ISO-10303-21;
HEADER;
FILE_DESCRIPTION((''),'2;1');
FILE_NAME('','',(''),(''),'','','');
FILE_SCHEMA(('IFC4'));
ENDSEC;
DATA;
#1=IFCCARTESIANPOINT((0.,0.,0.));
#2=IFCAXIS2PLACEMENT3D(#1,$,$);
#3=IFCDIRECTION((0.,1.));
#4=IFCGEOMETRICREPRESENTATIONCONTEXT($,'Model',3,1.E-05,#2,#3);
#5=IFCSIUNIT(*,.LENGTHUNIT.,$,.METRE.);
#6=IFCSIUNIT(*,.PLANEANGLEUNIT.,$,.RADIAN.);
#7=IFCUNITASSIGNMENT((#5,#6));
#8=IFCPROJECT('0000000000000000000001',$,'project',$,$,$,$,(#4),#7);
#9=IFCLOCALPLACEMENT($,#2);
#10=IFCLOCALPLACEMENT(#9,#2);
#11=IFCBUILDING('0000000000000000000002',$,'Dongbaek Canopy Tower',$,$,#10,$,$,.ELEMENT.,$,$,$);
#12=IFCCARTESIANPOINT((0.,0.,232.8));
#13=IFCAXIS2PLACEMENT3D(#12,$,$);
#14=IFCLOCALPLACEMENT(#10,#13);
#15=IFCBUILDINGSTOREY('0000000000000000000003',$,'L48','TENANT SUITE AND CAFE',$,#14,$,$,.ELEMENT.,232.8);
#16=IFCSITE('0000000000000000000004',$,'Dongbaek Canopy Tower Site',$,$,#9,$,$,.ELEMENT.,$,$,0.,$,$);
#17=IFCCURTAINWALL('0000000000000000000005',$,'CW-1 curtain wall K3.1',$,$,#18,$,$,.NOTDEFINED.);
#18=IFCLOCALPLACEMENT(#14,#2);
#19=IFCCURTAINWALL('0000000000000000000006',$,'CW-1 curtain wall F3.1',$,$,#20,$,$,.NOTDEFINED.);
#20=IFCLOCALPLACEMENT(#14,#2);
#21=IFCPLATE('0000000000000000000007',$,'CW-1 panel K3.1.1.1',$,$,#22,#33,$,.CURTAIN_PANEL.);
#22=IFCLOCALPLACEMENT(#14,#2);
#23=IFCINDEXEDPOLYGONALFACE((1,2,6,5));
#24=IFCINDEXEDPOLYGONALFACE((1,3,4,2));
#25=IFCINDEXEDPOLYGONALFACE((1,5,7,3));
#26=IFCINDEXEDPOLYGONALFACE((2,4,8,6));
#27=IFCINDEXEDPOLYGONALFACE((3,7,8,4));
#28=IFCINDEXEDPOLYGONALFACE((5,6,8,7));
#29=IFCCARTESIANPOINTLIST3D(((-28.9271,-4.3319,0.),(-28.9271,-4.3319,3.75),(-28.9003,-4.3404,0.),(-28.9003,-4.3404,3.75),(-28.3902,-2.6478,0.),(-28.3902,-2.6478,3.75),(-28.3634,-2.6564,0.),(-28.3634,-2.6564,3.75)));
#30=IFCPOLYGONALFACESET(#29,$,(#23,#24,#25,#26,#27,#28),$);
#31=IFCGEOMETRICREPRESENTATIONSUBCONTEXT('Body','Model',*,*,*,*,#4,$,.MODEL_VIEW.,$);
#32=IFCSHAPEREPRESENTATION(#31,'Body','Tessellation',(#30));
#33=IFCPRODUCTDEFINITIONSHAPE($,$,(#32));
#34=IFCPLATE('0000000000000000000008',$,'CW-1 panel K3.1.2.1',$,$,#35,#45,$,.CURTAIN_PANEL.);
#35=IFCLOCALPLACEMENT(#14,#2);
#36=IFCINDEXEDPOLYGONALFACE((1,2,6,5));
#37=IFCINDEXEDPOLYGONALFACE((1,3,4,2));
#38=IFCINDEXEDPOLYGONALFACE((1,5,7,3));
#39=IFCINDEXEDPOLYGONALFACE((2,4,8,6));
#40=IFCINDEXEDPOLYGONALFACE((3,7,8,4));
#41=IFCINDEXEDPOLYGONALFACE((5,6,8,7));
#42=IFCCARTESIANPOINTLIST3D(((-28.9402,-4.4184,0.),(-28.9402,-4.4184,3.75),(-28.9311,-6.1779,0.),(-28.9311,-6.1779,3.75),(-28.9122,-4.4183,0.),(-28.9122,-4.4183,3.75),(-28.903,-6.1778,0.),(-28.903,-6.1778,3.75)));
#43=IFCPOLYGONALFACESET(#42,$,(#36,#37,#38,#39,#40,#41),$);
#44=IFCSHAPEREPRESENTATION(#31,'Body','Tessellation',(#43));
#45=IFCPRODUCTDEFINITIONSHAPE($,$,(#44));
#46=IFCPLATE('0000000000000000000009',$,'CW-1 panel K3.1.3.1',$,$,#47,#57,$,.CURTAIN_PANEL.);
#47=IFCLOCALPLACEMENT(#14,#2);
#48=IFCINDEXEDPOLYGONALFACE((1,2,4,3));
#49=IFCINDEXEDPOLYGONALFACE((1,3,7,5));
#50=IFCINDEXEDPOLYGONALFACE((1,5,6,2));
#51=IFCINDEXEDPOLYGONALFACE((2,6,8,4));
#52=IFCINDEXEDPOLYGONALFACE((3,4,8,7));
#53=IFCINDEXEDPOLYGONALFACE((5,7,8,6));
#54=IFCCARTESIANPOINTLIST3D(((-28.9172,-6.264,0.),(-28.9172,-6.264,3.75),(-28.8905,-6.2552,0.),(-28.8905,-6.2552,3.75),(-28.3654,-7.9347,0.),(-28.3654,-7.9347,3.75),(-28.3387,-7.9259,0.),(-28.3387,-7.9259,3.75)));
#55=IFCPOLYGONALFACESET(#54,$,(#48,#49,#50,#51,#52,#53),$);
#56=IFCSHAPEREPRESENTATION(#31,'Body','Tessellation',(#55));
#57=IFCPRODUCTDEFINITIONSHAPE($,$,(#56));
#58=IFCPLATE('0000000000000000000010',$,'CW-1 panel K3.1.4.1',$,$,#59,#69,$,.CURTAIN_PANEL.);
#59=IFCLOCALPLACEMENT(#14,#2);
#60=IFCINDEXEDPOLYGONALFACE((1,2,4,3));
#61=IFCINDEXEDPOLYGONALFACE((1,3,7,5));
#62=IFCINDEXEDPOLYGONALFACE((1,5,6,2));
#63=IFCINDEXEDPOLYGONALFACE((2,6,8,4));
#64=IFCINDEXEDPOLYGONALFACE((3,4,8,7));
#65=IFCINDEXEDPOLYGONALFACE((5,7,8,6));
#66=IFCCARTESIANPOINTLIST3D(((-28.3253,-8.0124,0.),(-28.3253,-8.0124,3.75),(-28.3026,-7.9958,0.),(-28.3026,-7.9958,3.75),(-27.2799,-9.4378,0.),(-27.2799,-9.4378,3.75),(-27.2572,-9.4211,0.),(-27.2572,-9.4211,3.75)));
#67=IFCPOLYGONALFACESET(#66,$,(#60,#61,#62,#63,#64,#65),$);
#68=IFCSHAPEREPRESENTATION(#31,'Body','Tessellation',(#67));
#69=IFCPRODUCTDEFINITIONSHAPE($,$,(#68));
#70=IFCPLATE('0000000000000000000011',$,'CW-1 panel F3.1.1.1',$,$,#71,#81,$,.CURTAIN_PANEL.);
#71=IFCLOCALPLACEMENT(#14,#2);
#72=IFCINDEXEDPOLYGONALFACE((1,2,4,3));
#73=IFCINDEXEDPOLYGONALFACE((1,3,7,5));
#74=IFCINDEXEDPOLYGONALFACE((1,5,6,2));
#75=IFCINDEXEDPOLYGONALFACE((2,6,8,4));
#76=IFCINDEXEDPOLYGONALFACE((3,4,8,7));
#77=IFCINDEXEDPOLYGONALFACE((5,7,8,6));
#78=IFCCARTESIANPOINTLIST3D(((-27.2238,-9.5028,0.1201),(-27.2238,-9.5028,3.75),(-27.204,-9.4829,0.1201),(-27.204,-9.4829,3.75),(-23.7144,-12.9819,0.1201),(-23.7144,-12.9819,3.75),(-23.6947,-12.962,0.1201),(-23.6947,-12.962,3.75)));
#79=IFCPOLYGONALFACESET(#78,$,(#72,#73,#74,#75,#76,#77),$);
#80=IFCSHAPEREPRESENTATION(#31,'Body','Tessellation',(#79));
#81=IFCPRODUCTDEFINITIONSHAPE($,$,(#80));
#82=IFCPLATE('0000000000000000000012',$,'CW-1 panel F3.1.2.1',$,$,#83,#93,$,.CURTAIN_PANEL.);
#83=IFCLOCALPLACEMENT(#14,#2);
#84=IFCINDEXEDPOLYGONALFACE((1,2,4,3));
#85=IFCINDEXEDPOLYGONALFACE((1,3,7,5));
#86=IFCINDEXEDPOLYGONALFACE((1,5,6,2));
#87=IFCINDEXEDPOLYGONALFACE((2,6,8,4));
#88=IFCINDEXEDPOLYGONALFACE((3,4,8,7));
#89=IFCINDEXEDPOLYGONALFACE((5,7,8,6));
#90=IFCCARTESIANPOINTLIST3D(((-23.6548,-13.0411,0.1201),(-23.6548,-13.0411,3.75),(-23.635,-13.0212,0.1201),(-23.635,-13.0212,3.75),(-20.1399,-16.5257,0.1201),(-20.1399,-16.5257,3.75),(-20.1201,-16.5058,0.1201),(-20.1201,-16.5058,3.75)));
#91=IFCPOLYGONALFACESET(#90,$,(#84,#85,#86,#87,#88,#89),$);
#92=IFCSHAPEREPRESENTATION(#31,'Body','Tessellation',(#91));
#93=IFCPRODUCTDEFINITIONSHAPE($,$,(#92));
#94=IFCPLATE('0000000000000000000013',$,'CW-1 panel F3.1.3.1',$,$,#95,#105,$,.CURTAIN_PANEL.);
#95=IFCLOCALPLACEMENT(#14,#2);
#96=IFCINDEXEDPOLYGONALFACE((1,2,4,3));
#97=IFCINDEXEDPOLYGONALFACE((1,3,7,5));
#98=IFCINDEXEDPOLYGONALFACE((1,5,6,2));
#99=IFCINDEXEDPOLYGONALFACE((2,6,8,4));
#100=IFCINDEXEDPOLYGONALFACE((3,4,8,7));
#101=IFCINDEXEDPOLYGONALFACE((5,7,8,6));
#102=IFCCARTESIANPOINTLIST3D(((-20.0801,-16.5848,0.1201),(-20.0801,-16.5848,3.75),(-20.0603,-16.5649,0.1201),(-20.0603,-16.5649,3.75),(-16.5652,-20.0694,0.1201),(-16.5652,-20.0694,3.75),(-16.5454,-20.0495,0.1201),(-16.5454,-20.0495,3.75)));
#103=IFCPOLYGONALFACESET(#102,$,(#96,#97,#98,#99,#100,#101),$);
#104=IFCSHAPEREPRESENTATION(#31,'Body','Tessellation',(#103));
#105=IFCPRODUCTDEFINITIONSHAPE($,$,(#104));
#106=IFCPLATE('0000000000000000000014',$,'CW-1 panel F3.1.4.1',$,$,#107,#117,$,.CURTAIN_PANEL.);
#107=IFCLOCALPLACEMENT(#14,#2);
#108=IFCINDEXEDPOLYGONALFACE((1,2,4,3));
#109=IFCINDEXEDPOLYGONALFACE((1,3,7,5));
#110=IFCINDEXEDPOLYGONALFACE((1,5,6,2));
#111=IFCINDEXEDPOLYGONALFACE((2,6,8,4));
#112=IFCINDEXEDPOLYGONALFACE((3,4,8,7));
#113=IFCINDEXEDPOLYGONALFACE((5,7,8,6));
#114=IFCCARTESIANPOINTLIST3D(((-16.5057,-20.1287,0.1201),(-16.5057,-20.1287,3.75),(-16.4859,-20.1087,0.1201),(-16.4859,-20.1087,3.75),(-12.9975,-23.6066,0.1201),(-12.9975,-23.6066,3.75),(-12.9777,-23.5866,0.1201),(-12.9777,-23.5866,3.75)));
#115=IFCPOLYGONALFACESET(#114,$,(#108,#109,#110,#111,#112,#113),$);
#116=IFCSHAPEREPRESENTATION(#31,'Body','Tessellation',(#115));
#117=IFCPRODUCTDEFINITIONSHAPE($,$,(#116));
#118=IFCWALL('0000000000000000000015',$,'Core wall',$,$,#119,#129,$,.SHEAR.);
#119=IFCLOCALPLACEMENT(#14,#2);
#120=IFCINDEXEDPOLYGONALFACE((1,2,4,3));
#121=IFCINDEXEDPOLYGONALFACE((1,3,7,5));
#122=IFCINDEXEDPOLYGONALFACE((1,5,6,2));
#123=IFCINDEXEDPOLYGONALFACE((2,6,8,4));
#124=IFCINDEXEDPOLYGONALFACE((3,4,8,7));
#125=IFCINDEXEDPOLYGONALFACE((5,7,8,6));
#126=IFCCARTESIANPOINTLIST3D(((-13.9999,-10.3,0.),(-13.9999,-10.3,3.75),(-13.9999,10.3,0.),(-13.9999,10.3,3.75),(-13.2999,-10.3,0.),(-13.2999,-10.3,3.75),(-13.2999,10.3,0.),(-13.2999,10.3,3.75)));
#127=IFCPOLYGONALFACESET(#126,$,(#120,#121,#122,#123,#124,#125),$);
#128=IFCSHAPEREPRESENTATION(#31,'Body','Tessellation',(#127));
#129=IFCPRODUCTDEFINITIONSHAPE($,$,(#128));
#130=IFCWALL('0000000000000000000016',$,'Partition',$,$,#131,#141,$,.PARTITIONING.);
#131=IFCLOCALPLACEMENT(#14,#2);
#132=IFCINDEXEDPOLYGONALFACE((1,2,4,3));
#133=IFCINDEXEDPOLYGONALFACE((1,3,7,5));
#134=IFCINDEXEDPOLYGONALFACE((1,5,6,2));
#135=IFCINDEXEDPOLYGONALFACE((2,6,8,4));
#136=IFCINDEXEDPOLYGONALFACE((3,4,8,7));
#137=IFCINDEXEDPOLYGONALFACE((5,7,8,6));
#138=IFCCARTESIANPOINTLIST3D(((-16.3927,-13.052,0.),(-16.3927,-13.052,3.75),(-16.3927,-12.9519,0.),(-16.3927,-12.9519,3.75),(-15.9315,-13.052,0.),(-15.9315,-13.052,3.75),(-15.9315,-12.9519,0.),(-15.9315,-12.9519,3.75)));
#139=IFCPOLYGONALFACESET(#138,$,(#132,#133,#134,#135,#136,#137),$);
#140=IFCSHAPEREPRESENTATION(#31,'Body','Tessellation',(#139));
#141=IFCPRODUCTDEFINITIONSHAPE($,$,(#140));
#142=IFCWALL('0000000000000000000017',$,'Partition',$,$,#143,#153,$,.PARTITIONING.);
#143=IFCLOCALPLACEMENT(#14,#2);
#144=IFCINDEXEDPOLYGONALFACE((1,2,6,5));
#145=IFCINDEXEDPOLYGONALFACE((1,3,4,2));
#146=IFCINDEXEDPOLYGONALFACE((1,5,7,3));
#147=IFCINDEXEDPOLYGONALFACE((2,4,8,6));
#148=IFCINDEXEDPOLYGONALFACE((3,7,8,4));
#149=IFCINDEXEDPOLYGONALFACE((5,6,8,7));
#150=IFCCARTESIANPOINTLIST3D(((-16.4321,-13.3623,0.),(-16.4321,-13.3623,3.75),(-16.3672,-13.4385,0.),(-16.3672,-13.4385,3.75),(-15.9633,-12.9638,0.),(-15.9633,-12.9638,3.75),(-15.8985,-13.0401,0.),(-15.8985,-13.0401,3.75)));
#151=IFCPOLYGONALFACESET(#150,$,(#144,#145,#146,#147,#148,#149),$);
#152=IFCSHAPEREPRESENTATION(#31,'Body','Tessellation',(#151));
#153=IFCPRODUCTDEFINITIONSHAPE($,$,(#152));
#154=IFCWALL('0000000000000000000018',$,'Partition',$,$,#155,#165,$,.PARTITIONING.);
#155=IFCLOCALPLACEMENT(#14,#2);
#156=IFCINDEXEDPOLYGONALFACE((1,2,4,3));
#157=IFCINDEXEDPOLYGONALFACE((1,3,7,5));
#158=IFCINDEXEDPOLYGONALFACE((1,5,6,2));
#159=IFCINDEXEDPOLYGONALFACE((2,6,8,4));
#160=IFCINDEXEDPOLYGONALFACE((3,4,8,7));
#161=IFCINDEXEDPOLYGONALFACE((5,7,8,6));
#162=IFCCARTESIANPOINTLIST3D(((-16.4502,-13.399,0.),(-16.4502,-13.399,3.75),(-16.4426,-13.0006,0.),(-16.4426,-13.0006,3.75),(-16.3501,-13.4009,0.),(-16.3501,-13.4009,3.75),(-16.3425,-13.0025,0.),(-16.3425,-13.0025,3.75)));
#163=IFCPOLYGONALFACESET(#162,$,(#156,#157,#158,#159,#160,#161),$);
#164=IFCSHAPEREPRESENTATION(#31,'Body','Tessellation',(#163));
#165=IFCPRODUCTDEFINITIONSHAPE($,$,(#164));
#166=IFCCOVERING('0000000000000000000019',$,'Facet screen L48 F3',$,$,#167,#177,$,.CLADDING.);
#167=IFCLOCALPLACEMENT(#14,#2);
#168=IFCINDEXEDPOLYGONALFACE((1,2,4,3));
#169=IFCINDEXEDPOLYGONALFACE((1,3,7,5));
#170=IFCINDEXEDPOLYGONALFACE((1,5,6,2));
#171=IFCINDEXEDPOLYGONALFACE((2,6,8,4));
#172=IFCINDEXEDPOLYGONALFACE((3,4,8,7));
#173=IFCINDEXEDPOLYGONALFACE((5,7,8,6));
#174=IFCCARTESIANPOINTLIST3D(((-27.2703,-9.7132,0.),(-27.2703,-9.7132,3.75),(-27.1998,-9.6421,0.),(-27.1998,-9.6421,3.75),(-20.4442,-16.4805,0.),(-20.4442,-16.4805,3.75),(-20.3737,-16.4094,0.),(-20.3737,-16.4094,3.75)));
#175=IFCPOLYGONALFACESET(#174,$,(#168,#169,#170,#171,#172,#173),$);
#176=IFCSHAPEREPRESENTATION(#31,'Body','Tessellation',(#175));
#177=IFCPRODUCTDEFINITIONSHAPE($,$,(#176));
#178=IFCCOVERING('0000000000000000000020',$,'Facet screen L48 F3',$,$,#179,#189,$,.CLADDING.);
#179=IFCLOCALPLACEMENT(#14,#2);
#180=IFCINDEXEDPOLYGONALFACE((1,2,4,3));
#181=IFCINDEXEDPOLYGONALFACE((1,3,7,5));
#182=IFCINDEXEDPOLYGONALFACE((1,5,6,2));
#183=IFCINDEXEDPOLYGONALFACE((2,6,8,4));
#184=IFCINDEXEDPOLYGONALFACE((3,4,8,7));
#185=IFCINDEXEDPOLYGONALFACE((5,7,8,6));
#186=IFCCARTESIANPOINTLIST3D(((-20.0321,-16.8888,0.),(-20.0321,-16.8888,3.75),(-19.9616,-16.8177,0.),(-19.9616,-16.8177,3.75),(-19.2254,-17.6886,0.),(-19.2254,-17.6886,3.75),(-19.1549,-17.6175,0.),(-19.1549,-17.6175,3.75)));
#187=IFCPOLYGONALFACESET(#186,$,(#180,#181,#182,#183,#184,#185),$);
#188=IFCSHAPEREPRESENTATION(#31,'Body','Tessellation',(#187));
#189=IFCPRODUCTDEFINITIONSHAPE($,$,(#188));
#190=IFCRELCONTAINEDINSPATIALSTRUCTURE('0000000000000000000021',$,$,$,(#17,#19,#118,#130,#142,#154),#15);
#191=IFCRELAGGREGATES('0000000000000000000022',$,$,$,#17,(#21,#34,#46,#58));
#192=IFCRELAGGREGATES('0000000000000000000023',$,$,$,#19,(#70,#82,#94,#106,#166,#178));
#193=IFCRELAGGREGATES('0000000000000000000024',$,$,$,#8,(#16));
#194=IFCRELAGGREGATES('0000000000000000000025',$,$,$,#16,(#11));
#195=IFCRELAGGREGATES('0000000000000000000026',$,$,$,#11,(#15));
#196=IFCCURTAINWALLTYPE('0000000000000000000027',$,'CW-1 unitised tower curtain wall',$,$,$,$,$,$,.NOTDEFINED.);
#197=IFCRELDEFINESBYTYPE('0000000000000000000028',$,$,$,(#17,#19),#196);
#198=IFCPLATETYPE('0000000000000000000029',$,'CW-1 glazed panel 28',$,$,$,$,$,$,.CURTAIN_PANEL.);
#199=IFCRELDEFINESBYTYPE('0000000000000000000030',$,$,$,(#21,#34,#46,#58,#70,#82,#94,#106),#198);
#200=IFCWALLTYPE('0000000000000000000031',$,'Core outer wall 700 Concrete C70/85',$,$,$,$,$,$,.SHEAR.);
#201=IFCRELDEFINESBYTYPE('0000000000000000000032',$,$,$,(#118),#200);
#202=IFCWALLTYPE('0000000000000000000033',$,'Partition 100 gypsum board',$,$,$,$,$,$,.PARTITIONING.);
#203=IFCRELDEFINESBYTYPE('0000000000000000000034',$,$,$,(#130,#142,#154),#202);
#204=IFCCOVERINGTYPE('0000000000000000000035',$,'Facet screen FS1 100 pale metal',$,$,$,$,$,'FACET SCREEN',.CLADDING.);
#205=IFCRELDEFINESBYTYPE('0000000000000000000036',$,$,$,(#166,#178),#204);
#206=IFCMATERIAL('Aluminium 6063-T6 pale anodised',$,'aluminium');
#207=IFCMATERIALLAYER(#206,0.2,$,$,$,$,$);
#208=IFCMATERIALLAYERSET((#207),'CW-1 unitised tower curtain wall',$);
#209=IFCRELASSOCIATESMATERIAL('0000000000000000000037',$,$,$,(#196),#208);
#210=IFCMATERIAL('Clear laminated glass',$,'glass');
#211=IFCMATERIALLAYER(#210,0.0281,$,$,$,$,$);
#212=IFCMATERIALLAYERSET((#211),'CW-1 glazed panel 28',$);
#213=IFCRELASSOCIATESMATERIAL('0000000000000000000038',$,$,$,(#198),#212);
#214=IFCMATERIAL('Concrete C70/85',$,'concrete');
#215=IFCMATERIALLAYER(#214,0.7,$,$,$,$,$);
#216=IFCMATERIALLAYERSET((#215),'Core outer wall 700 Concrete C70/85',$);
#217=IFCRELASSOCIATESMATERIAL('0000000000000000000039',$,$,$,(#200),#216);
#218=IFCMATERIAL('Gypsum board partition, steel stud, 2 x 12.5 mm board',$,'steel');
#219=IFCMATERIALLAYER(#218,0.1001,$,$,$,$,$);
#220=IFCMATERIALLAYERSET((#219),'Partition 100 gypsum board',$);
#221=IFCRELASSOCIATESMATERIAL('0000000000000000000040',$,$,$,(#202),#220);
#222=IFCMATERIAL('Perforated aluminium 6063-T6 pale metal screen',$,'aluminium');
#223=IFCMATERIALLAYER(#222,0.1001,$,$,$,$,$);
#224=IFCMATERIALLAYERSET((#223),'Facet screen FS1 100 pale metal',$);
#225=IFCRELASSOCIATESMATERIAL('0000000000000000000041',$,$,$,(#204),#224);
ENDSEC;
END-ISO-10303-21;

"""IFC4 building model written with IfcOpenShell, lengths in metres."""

from ifc_helpers import new_model, si_unit, direction, frame, frame_2d, origin, origin_2d, place, context, subcontext, project, spatial, rectangle, extrude, material, layer, layer_set, type_object, element, aggregate, save


model = new_model("IFC4")

# Units and contexts
model_context = context("Model", 3, precision=1e-05, world=origin(), true_north=direction((0.0, 1.0)))
body_context = subcontext(model_context, "Body", "Model", "MODEL_VIEW")
ifc_project = project(units=[si_unit("LENGTHUNIT", "METRE"), si_unit("PLANEANGLEUNIT", "RADIAN")], contexts=[model_context])

# Site, building, storey
site_placement = place(None, origin())
site = spatial("IfcSite", under=ifc_project, at=site_placement, Name="Dongbaek Canopy Tower Site", CompositionType="ELEMENT", RefElevation=0.0)
building_placement = place(site_placement, origin())
building = spatial("IfcBuilding", under=site, at=building_placement, Name="Dongbaek Canopy Tower", CompositionType="ELEMENT")
storey_placement = place(building_placement, frame((0.0, 0.0, 232.8)))
storey = spatial("IfcBuildingStorey", under=building, at=storey_placement, Name="L48", Description="TENANT SUITE AND CAFE", CompositionType="ELEMENT", Elevation=232.8)

# Shared definitions
ifc_material_1 = material(Name="Aluminium 6063-T6 pale anodised", Category="aluminium")
ifc_layer_1 = layer(ifc_material_1, 0.2)
ifc_layer_set_1 = layer_set([ifc_layer_1], Name="CW-1 unitised tower curtain wall")
curtain_wall_type = type_object("IfcCurtainWallType", Name="CW-1 unitised tower curtain wall", PredefinedType="NOTDEFINED", material=ifc_layer_set_1)

# Curtain walls
curtain_wall_1_placement = place(storey_placement, origin())
curtain_wall_1 = element("IfcCurtainWall", 1, at=curtain_wall_1_placement, inside=storey, type_object=curtain_wall_type, Name="CW-1 curtain wall K3.1", PredefinedType="NOTDEFINED")
curtain_wall_2_placement = place(storey_placement, origin())
curtain_wall_2 = element("IfcCurtainWall", 2, at=curtain_wall_2_placement, inside=storey, type_object=curtain_wall_type, Name="CW-1 curtain wall F3.1", PredefinedType="NOTDEFINED")

# Plates
ifc_material_2 = material(Name="Clear laminated glass", Category="glass")
ifc_layer_2 = layer(ifc_material_2, 0.0281)
ifc_layer_set_2 = layer_set([ifc_layer_2], Name="CW-1 glazed panel 28")
plate_type = type_object("IfcPlateType", Name="CW-1 glazed panel 28", PredefinedType="CURTAIN_PANEL", material=ifc_layer_set_2)
plate_1_placement = place(storey_placement, frame((-28.6453, -3.4941, 0.0), z_axis=(0.0, 0.0, 1.0), x_axis=(-0.303759, -0.952749, 0.0)))
plate_1 = element("IfcPlate", 3, at=plate_1_placement, type_object=plate_type, Name="CW-1 panel K3.1.1.1", PredefinedType="CURTAIN_PANEL", context=body_context, shape_type="SweptSolid", body=[
    extrude(rectangle(XDim=1.7676, YDim=0.0281, at=origin_2d()), origin(), (0.0, 0.0, 1.0), 3.75),
])
plate_2_placement = place(storey_placement, frame((-28.9216, -5.2981, 0.0), z_axis=(0.0, 0.0, 1.0), x_axis=(0.005183, -0.999987, 0.0)))
plate_2 = element("IfcPlate", 4, at=plate_2_placement, type_object=plate_type, Name="CW-1 panel K3.1.2.1", PredefinedType="CURTAIN_PANEL", context=body_context, shape_type="SweptSolid", body=[
    extrude(rectangle(XDim=1.7595, YDim=0.0281, at=origin_2d()), origin(), (0.0, 0.0, 1.0), 3.75),
])
plate_3_placement = place(storey_placement, frame((-28.6279, -7.095, 0.0), z_axis=(0.0, 0.0, 1.0), x_axis=(0.313619, -0.949549, 0.0)))
plate_3 = element("IfcPlate", 5, at=plate_3_placement, type_object=plate_type, Name="CW-1 panel K3.1.3.1", PredefinedType="CURTAIN_PANEL", context=body_context, shape_type="SweptSolid", body=[
    extrude(rectangle(XDim=1.7595, YDim=0.0281, at=origin_2d()), origin(), (0.0, 0.0, 1.0), 3.75),
])
plate_4_placement = place(storey_placement, frame((-27.7913, -8.7168, 0.0), z_axis=(0.0, 0.0, 1.0), x_axis=(0.591421, -0.806363, 0.0)))
plate_4 = element("IfcPlate", 6, at=plate_4_placement, type_object=plate_type, Name="CW-1 panel K3.1.4.1", PredefinedType="CURTAIN_PANEL", context=body_context, shape_type="SweptSolid", body=[
    extrude(rectangle(XDim=1.7676, YDim=0.0281, at=origin_2d()), origin(), (0.0, 0.0, 1.0), 3.75),
])
plate_5_placement = place(storey_placement, frame((-25.4592, -11.2324, 0.1201), z_axis=(0.0, 0.0, 1.0), x_axis=(0.710162, -0.704038, 0.0)))
plate_5 = element("IfcPlate", 7, at=plate_5_placement, type_object=plate_type, Name="CW-1 panel F3.1.1.1", PredefinedType="CURTAIN_PANEL", context=body_context, shape_type="SweptSolid", body=[
    extrude(rectangle(XDim=4.9417, YDim=0.0281, at=origin_2d()), origin(), (0.0, 0.0, 1.0), 3.6299),
])
plate_6_placement = place(storey_placement, frame((-21.8875, -14.7734, 0.1201), z_axis=(0.0, 0.0, 1.0), x_axis=(0.710162, -0.704038, 0.0)))
plate_6 = element("IfcPlate", 8, at=plate_6_placement, type_object=plate_type, Name="CW-1 panel F3.1.2.1", PredefinedType="CURTAIN_PANEL", context=body_context, shape_type="SweptSolid", body=[
    extrude(rectangle(XDim=4.9495, YDim=0.0281, at=origin_2d()), origin(), (0.0, 0.0, 1.0), 3.6299),
])
plate_7_placement = place(storey_placement, frame((-18.3127, -18.3171, 0.1201), z_axis=(0.0, 0.0, 1.0), x_axis=(0.710162, -0.704038, 0.0)))
plate_7 = element("IfcPlate", 9, at=plate_7_placement, type_object=plate_type, Name="CW-1 panel F3.1.3.1", PredefinedType="CURTAIN_PANEL", context=body_context, shape_type="SweptSolid", body=[
    extrude(rectangle(XDim=4.9495, YDim=0.0281, at=origin_2d()), origin(), (0.0, 0.0, 1.0), 3.6299),
])
plate_8_placement = place(storey_placement, frame((-14.7417, -21.8577, 0.1201), z_axis=(0.0, 0.0, 1.0), x_axis=(0.710162, -0.704038, 0.0)))
plate_8 = element("IfcPlate", 10, at=plate_8_placement, type_object=plate_type, Name="CW-1 panel F3.1.4.1", PredefinedType="CURTAIN_PANEL", context=body_context, shape_type="SweptSolid", body=[
    extrude(rectangle(XDim=4.9399, YDim=0.0281, at=origin_2d()), origin(), (0.0, 0.0, 1.0), 3.6299),
])

# Walls
ifc_material_3 = material(Name="Concrete C70/85", Category="concrete")
ifc_layer_3 = layer(ifc_material_3, 0.7)
ifc_layer_set_3 = layer_set([ifc_layer_3], Name="Core outer wall 700 Concrete C70/85")
wall_type_1 = type_object("IfcWallType", Name="Core outer wall 700 Concrete C70/85", PredefinedType="SHEAR", material=ifc_layer_set_3)
wall_1_placement = place(storey_placement, frame((-13.6499, -10.3, 0.0), z_axis=(0.0, 0.0, 1.0), x_axis=(0.0, 1.0, 0.0)))
element("IfcWall", 11, at=wall_1_placement, inside=storey, type_object=wall_type_1, Name="Core wall", PredefinedType="SHEAR", context=body_context, shape_type="SweptSolid", body=[
    extrude(rectangle(XDim=20.6001, YDim=0.7, at=frame_2d((10.3, 0.0))), origin(), (0.0, 0.0, 1.0), 3.75),
])
ifc_material_4 = material(Name="Gypsum board partition, steel stud, 2 x 12.5 mm board", Category="steel")
ifc_layer_4 = layer(ifc_material_4, 0.1001)
ifc_layer_set_4 = layer_set([ifc_layer_4], Name="Partition 100 gypsum board")
wall_type_2 = type_object("IfcWallType", Name="Partition 100 gypsum board", PredefinedType="PARTITIONING", material=ifc_layer_set_4)
wall_2_placement = place(storey_placement, frame((-16.3926, -13.002, 0.0), z_axis=(0.0, 0.0, 1.0), x_axis=(1.0, 0.0, 0.0)))
element("IfcWall", 12, at=wall_2_placement, inside=storey, type_object=wall_type_2, Name="Partition", PredefinedType="PARTITIONING", context=body_context, shape_type="SweptSolid", body=[
    extrude(rectangle(XDim=0.4612, YDim=0.1001, at=frame_2d((0.2305, 0.0))), origin(), (0.0, 0.0, 1.0), 3.75),
])
wall_3_placement = place(storey_placement, frame((-16.3997, -13.4004, 0.0), z_axis=(0.0, 0.0, 1.0), x_axis=(0.761939, 0.647648, 0.0)))
element("IfcWall", 13, at=wall_3_placement, inside=storey, type_object=wall_type_2, Name="Partition", PredefinedType="PARTITIONING", context=body_context, shape_type="SweptSolid", body=[
    extrude(rectangle(XDim=0.6152, YDim=0.1001, at=frame_2d((0.3076, 0.0))), origin(), (0.0, 0.0, 1.0), 3.75),
])
wall_4_placement = place(storey_placement, frame((-16.4001, -13.3999, 0.0), z_axis=(0.0, 0.0, 1.0), x_axis=(0.018992, 0.99982, 0.0)))
element("IfcWall", 14, at=wall_4_placement, inside=storey, type_object=wall_type_2, Name="Partition", PredefinedType="PARTITIONING", context=body_context, shape_type="SweptSolid", body=[
    extrude(rectangle(XDim=0.3984, YDim=0.1001, at=frame_2d((0.1992, 0.0))), origin(), (0.0, 0.0, 1.0), 3.75),
])

# Coverings
ifc_material_5 = material(Name="Perforated aluminium 6063-T6 pale metal screen", Category="aluminium")
ifc_layer_5 = layer(ifc_material_5, 0.1001)
ifc_layer_set_5 = layer_set([ifc_layer_5], Name="Facet screen FS1 100 pale metal")
covering_type_1 = type_object("IfcCoveringType", Name="Facet screen FS1 100 pale metal", ElementType="FACET SCREEN", PredefinedType="CLADDING", material=ifc_layer_set_5)
covering_1_placement = place(storey_placement, frame((-23.822, -13.0613, 0.0), z_axis=(0.0, 0.0, 1.0), x_axis=(0.710162, -0.704038, 0.0)))
covering_1 = element("IfcCovering", 15, at=covering_1_placement, type_object=covering_type_1, Name="Facet screen L48 F3", PredefinedType="CLADDING", context=body_context, shape_type="SweptSolid", body=[
    extrude(rectangle(XDim=9.6121, YDim=0.1001, at=origin_2d()), origin(), (0.0, 0.0, 1.0), 3.75),
])
covering_2_placement = place(storey_placement, frame((-19.5935, -17.2532, 0.0), z_axis=(0.0, 0.0, 1.0), x_axis=(0.710162, -0.704038, 0.0)))
covering_2 = element("IfcCovering", 16, at=covering_2_placement, type_object=covering_type_1, Name="Facet screen L48 F3", PredefinedType="CLADDING", context=body_context, shape_type="SweptSolid", body=[
    extrude(rectangle(XDim=1.136, YDim=0.1001, at=origin_2d()), origin(), (0.0, 0.0, 1.0), 3.75),
])
aggregate(curtain_wall_1, [plate_1, plate_2, plate_3, plate_4])
aggregate(curtain_wall_2, [plate_5, plate_6, plate_7, plate_8, covering_1, covering_2])

save(model, "model.ifc")
